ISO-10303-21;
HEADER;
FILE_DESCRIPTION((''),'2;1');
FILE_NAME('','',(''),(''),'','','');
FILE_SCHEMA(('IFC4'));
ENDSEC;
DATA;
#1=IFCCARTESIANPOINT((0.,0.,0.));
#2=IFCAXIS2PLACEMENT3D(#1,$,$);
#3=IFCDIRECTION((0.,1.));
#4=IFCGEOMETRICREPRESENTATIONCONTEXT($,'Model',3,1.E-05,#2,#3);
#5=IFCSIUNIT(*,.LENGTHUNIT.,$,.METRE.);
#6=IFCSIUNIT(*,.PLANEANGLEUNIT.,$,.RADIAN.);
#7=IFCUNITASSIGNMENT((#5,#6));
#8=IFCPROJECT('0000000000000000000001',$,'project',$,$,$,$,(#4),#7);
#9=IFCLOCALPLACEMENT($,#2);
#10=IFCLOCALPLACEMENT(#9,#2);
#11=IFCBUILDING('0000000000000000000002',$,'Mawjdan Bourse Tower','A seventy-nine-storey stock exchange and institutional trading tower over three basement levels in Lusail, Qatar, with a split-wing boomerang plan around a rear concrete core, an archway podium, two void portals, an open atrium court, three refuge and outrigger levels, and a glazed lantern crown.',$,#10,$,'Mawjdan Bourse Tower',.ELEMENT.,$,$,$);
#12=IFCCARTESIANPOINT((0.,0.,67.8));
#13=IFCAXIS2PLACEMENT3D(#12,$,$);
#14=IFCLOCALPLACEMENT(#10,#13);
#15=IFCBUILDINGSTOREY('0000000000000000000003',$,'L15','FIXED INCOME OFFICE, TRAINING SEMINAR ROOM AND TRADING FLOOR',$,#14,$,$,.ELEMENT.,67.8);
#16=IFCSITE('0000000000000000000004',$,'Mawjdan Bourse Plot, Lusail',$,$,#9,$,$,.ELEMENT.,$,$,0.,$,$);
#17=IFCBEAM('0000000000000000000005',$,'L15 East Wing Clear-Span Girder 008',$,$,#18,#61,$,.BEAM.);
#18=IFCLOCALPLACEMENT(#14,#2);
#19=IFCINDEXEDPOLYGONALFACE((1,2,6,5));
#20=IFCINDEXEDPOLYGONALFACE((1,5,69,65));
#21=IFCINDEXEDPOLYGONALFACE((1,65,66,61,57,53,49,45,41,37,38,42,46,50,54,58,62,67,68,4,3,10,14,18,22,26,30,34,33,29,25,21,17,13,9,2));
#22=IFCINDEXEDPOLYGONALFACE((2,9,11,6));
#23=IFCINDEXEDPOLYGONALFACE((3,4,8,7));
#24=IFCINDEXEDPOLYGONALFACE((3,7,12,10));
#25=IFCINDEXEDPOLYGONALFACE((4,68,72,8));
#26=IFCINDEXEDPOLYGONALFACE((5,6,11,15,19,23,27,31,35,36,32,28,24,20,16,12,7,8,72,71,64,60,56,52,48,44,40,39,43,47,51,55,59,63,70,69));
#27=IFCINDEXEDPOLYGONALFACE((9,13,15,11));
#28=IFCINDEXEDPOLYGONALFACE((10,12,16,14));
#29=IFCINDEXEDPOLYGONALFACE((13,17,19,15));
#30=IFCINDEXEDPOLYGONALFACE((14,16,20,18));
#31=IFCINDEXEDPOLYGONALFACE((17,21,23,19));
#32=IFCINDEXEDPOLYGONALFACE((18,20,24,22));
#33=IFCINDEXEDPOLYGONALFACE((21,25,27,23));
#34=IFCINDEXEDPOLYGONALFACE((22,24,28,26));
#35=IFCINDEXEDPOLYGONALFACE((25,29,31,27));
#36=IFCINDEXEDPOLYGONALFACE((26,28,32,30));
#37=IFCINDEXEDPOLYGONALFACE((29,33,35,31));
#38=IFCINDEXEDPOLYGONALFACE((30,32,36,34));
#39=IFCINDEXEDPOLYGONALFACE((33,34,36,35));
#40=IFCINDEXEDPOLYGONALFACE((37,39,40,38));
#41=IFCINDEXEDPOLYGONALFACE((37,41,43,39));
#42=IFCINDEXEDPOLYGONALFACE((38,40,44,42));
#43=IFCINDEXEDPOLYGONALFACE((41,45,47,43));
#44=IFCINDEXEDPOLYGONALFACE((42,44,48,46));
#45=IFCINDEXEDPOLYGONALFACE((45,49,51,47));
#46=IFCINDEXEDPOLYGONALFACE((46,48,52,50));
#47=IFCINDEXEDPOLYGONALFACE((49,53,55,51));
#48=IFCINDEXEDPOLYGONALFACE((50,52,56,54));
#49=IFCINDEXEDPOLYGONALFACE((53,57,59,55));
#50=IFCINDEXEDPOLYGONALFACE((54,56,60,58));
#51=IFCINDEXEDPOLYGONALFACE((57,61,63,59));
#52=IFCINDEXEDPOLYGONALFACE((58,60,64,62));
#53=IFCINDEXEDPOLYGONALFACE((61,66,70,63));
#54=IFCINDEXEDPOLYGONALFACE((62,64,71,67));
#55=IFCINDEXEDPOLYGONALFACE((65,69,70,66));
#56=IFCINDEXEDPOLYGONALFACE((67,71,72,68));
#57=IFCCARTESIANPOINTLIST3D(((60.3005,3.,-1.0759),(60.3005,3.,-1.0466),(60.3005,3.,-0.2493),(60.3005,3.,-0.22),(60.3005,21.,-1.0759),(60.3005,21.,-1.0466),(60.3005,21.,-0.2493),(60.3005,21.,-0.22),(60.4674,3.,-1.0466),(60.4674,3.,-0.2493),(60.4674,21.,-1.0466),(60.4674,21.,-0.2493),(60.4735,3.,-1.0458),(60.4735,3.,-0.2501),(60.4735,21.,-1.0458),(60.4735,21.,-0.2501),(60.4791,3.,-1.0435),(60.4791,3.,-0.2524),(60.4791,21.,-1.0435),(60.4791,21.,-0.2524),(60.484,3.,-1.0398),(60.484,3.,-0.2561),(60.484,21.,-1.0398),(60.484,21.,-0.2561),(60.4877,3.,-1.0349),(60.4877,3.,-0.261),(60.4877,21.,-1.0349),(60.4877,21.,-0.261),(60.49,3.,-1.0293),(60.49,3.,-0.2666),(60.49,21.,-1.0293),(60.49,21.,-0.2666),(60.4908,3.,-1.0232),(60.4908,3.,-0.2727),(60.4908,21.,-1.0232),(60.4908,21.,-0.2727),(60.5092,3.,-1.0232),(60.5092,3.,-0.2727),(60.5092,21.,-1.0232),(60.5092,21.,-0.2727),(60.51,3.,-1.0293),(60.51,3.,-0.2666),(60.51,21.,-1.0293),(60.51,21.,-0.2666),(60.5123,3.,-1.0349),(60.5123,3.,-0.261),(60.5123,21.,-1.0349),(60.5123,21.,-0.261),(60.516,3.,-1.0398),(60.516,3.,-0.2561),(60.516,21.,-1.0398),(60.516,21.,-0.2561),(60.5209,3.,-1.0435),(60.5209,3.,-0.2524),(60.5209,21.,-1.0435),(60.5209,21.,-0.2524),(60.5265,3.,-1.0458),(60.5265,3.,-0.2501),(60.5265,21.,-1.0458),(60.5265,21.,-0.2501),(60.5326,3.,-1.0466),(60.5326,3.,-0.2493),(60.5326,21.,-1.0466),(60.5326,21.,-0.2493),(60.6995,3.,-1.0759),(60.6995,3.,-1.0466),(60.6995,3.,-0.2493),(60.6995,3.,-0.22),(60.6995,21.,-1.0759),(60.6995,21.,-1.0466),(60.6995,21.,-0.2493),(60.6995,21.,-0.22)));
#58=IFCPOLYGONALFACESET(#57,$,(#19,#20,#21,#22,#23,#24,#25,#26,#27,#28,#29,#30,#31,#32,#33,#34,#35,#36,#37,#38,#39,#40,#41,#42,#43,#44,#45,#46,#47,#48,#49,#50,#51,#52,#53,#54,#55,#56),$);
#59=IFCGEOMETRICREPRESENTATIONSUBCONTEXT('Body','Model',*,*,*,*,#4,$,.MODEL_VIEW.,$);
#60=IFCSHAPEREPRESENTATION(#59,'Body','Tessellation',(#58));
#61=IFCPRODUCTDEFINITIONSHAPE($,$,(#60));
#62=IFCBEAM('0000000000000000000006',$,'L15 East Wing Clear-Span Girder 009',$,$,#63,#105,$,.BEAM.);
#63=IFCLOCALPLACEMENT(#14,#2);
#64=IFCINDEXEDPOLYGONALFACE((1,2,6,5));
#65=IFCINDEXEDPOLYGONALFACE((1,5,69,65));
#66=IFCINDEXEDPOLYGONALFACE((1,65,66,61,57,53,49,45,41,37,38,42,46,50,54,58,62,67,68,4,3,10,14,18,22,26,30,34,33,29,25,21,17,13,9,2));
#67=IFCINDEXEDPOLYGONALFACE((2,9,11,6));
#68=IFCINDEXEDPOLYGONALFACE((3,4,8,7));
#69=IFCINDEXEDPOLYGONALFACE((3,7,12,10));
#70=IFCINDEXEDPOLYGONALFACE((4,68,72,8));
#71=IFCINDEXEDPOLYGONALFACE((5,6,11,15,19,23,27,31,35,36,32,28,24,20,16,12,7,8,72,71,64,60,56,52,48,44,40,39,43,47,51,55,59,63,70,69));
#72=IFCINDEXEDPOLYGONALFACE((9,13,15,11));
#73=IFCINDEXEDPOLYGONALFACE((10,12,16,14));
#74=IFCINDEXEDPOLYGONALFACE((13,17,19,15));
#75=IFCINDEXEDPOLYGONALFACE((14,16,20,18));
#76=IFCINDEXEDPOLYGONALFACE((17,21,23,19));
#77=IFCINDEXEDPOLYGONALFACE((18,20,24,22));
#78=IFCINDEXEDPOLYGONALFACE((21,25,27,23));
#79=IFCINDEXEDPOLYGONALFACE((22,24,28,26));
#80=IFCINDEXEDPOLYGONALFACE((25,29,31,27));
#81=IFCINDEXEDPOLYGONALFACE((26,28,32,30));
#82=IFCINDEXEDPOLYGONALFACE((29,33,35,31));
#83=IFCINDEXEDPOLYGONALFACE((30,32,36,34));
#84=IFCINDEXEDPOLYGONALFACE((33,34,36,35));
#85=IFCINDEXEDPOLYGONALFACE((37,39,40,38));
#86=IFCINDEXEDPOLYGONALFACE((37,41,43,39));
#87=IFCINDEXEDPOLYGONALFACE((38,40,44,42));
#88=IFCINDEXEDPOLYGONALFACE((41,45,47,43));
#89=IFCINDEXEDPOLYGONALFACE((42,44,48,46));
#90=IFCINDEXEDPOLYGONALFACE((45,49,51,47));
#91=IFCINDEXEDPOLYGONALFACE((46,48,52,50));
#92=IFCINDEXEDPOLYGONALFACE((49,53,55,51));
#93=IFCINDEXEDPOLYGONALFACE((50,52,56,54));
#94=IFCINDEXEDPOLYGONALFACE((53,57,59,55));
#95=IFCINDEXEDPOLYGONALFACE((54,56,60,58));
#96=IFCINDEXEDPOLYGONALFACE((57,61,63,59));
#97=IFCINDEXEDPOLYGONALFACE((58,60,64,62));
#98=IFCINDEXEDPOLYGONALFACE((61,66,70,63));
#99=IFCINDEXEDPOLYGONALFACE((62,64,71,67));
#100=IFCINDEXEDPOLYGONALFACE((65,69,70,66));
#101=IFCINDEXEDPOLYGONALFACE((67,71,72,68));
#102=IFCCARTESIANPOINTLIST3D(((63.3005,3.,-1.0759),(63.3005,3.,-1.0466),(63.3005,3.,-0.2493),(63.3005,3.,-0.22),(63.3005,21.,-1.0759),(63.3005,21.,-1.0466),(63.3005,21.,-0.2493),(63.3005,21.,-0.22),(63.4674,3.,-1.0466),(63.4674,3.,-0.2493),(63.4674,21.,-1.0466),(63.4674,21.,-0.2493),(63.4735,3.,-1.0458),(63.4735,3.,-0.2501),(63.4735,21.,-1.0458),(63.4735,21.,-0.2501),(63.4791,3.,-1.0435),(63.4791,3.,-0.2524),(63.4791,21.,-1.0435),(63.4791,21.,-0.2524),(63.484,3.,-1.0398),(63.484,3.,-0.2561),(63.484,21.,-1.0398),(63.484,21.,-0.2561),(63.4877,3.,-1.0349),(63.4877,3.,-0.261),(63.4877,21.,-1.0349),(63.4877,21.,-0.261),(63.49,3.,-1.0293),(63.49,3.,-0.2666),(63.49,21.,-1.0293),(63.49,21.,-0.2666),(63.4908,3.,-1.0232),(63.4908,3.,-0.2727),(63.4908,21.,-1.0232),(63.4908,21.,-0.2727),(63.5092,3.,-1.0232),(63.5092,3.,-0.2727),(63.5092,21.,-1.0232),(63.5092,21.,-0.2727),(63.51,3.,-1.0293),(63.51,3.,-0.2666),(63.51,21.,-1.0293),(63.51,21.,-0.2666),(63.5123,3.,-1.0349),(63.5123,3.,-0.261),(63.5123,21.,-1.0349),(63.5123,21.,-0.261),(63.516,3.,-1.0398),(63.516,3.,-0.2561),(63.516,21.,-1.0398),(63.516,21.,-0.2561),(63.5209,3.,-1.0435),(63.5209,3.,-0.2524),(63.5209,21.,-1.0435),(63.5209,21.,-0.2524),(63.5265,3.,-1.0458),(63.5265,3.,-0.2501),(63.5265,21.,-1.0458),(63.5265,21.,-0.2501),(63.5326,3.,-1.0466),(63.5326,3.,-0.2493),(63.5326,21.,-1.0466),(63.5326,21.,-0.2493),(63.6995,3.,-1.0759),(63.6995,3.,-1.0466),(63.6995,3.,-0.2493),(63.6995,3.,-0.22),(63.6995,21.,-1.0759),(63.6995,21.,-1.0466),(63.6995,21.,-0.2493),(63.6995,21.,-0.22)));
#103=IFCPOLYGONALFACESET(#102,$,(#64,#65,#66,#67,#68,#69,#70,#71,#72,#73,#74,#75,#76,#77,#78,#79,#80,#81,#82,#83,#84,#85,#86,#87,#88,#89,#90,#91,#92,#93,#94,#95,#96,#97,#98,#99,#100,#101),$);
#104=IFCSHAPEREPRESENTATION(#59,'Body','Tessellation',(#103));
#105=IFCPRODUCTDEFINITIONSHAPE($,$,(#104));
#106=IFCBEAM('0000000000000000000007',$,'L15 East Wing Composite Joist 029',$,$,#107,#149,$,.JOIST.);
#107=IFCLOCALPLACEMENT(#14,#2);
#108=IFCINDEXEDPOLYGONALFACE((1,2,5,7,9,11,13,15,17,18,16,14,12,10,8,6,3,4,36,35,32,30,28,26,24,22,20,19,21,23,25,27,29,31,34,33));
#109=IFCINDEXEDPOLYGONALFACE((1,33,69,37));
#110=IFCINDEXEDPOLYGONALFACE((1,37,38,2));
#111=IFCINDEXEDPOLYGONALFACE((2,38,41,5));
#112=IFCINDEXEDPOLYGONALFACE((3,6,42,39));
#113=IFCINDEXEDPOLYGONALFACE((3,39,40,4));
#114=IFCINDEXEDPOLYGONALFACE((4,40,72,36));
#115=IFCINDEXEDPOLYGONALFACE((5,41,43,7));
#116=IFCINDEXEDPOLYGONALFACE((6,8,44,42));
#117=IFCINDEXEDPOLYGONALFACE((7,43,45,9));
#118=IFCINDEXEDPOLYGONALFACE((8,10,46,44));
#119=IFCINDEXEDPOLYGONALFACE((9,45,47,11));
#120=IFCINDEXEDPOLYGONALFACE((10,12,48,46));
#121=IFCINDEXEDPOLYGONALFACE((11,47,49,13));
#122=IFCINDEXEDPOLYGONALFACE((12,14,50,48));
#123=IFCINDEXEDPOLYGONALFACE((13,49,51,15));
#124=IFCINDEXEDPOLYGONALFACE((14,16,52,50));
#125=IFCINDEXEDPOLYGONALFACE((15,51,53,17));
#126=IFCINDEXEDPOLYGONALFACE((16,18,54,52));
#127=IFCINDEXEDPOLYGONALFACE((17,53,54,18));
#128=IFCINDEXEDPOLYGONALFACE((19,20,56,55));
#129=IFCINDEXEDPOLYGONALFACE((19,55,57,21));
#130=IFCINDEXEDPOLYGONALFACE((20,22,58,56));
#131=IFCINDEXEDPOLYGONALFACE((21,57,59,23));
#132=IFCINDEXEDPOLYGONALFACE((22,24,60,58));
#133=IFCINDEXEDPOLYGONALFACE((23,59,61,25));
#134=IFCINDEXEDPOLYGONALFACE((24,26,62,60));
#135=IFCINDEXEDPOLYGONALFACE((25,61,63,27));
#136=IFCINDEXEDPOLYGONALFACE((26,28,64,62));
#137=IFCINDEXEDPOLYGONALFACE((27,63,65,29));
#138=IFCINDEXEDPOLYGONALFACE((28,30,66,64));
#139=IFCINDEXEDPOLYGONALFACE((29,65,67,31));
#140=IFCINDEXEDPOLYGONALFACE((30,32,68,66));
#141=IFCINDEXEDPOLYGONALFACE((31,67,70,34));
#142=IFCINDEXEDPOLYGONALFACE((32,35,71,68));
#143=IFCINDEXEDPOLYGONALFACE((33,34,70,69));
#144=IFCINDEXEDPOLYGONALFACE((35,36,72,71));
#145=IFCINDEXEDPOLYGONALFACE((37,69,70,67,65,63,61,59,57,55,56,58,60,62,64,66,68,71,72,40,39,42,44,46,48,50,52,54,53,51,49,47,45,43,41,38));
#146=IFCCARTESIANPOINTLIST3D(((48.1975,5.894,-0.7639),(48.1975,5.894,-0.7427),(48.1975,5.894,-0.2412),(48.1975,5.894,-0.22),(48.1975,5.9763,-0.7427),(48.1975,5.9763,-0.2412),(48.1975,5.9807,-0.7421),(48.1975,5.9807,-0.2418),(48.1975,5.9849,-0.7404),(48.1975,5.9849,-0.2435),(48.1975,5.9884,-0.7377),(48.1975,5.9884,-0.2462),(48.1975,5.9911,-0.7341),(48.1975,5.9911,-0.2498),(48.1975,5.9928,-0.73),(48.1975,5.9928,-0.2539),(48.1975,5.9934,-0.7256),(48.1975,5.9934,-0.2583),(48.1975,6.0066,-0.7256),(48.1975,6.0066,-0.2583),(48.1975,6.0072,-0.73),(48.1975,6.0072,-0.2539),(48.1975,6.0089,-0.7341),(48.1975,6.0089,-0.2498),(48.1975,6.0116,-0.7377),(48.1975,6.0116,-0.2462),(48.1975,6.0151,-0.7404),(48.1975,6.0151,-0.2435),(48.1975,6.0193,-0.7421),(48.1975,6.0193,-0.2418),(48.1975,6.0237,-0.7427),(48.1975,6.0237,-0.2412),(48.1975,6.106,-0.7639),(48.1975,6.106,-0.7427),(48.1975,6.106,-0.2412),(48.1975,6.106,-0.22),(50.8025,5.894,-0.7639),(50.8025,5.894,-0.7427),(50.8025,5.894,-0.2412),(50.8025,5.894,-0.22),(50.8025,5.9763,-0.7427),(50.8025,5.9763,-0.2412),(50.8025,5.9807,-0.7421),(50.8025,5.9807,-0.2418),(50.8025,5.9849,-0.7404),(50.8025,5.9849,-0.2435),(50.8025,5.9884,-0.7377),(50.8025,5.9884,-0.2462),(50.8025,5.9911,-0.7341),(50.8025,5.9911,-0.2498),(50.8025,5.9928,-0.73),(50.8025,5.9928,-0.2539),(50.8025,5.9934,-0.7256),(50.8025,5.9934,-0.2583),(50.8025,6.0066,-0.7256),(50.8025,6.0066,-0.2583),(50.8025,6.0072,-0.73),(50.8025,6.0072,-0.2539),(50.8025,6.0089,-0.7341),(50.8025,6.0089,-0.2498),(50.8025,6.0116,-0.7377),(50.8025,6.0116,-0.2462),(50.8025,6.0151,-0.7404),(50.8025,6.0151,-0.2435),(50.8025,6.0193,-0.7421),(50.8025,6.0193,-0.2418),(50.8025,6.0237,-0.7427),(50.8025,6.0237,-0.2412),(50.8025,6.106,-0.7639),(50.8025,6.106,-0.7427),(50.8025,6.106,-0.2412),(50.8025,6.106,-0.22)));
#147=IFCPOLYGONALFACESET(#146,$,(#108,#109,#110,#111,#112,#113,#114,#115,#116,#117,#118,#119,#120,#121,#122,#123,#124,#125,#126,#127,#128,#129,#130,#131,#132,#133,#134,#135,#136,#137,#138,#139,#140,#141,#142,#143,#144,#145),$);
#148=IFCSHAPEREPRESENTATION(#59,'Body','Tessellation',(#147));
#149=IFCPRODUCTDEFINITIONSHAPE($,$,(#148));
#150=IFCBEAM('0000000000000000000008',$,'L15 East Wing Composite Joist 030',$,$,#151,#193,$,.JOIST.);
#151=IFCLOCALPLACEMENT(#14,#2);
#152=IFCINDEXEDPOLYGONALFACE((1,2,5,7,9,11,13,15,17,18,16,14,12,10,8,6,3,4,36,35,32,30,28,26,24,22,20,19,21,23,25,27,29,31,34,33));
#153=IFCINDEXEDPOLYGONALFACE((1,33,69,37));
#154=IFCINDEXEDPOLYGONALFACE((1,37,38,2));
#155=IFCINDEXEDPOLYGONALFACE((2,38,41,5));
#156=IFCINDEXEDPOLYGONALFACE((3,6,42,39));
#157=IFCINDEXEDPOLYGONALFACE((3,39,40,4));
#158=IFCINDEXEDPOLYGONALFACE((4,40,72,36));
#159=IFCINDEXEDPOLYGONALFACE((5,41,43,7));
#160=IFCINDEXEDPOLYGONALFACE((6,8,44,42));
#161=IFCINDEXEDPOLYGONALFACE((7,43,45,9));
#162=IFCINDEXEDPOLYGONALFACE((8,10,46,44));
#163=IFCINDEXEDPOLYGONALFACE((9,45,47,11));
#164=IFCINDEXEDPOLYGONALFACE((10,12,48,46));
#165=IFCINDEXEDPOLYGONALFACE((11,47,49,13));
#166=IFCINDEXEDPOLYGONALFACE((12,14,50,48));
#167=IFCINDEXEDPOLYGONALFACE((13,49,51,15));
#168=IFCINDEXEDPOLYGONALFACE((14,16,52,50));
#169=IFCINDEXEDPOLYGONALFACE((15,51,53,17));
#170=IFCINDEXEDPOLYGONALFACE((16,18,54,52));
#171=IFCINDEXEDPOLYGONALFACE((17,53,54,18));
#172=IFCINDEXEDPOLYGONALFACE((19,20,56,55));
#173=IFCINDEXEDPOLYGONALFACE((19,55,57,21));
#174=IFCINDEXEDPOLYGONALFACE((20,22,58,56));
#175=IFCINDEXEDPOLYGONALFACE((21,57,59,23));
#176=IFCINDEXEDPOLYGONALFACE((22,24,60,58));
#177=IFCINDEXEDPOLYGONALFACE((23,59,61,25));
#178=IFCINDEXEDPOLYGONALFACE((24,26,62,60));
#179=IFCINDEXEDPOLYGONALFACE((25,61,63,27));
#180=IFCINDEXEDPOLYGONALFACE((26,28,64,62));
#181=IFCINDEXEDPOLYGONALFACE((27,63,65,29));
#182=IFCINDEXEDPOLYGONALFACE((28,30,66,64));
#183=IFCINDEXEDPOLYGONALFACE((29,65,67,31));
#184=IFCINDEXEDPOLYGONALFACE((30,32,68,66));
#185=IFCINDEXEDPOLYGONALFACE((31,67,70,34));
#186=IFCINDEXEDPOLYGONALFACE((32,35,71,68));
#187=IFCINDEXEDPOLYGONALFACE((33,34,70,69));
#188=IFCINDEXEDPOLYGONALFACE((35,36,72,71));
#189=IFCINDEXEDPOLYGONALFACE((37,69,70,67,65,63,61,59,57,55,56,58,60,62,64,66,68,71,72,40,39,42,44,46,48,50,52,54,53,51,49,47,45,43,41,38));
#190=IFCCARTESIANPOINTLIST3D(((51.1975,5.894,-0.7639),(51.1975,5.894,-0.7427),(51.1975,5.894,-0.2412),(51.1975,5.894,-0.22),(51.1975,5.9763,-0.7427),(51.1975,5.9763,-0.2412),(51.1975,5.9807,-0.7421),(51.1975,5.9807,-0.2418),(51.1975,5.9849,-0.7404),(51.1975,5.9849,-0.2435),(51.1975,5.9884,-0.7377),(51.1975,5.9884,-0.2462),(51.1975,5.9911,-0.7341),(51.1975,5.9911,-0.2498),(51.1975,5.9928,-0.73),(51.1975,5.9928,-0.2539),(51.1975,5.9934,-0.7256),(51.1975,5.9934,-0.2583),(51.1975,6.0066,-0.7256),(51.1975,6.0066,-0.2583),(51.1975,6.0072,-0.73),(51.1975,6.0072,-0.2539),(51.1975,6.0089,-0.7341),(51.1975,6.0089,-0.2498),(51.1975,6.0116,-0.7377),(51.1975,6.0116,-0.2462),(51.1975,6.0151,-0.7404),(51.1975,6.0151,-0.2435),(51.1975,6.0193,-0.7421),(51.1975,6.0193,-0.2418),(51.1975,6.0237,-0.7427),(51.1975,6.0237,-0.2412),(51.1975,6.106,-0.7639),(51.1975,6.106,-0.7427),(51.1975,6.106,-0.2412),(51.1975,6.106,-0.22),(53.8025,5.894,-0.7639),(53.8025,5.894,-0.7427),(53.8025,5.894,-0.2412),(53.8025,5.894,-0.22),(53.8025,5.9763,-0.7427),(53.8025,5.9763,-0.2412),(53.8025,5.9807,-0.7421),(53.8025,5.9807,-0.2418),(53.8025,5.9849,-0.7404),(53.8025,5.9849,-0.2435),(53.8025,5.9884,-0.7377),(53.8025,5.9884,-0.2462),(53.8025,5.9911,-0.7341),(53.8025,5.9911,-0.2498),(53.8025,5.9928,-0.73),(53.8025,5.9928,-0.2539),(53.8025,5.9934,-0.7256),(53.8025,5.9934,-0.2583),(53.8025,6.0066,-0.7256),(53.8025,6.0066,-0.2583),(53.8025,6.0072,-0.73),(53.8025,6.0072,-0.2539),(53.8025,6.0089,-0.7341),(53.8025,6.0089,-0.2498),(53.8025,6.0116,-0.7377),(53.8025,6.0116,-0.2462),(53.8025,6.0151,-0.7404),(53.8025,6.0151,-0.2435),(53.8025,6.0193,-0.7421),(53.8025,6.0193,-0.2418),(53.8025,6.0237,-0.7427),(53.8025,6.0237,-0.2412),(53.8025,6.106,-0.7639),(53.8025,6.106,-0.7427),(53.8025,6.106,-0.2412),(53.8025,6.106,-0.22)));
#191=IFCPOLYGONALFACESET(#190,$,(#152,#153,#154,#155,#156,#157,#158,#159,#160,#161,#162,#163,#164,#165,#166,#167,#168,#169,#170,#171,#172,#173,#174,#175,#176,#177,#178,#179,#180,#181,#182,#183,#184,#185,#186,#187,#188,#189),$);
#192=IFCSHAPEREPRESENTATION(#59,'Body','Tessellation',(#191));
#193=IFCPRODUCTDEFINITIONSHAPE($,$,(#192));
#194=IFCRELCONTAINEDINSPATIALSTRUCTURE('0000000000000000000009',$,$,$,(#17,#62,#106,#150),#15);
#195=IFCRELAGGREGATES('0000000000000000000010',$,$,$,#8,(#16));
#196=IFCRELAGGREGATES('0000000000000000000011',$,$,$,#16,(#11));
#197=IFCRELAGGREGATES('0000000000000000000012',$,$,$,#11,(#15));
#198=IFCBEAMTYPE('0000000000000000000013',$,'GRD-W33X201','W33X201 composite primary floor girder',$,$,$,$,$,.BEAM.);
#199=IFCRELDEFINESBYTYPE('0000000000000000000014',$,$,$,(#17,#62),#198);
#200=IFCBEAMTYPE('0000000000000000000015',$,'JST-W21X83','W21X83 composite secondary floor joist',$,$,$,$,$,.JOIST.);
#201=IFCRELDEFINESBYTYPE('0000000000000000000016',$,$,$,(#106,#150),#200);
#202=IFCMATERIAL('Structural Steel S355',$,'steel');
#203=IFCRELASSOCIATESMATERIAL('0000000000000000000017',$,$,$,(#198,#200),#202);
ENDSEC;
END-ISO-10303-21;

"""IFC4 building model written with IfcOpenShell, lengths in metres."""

from ifc_helpers import new_model, si_unit, direction, frame, origin, origin_2d, place, context, subcontext, project, spatial, i_section, extrude, material, material_profile, profile_set, type_object, element, save


model = new_model("IFC4")

# Units and contexts
model_context = context("Model", 3, precision=1e-05, world=origin(), true_north=direction((0.0, 1.0)))
body_context = subcontext(model_context, "Body", "Model", "MODEL_VIEW")
ifc_project = project(units=[si_unit("LENGTHUNIT", "METRE"), si_unit("PLANEANGLEUNIT", "RADIAN")], contexts=[model_context])

# Site, building, storey
site_placement = place(None, origin())
site = spatial("IfcSite", under=ifc_project, at=site_placement, Name="Mawjdan Bourse Plot, Lusail", CompositionType="ELEMENT", RefElevation=0.0)
building_placement = place(site_placement, origin())
building = spatial("IfcBuilding", under=site, at=building_placement, Name="Mawjdan Bourse Tower", Description="A seventy-nine-storey stock exchange and institutional trading tower over three basement levels in Lusail, Qatar, with a split-wing boomerang plan around a rear concrete core, an archway podium, two void portals, an open atrium court, three refuge and outrigger levels, and a glazed lantern crown.", LongName="Mawjdan Bourse Tower", CompositionType="ELEMENT")
storey_placement = place(building_placement, frame((0.0, 0.0, 67.8)))
storey = spatial("IfcBuildingStorey", under=building, at=storey_placement, Name="L15", Description="FIXED INCOME OFFICE, TRAINING SEMINAR ROOM AND TRADING FLOOR", CompositionType="ELEMENT", Elevation=67.8)

# Beams
ifc_material_1 = material(Name="Structural Steel S355", Category="steel")
ifc_material_profile_1 = material_profile(ifc_material_1, i_section(OverallWidth=0.3989, OverallDepth=0.856, WebThickness=0.0183, FlangeThickness=0.0293, FilletRadius=0.0234, at=origin_2d()), Name="W33X201")
ifc_profile_set_1 = profile_set([ifc_material_profile_1], Name="Structural Steel S355")
beam_type_1 = type_object("IfcBeamType", Name="GRD-W33X201", Description="W33X201 composite primary floor girder", PredefinedType="BEAM", material=ifc_profile_set_1)
for number, where, z_axis, x_axis, name in (
    (1, (60.5, 3.0, -0.6479), (0.0, 1.0, 0.0), (-1.0, 0.0, 0.0), "L15 East Wing Clear-Span Girder 008"),
    (2, (63.5, 3.0, -0.6479), (0.0, 1.0, 0.0), (-1.0, 0.0, 0.0), "L15 East Wing Clear-Span Girder 009"),
):
    element("IfcBeam", number, at=place(storey_placement, frame(where, z_axis=z_axis, x_axis=x_axis)), inside=storey, type_object=beam_type_1, Name=name, PredefinedType="BEAM", context=body_context, shape_type="SweptSolid", body=[
        extrude(i_section(OverallWidth=0.3989, OverallDepth=0.856, WebThickness=0.0183, FlangeThickness=0.0293, FilletRadius=0.0234, at=origin_2d()), origin(), (0.0, 0.0, 1.0), 18.0),
    ])
ifc_material_profile_2 = material_profile(ifc_material_1, i_section(OverallWidth=0.2119, OverallDepth=0.5439, WebThickness=0.0132, FlangeThickness=0.0212, FilletRadius=0.0171, at=origin_2d()), Name="W21X83")
ifc_profile_set_2 = profile_set([ifc_material_profile_2], Name="Structural Steel S355")
beam_type_2 = type_object("IfcBeamType", Name="JST-W21X83", Description="W21X83 composite secondary floor joist", PredefinedType="JOIST", material=ifc_profile_set_2)
for number, where, z_axis, x_axis, name in (
    (3, (48.1975, 6.0, -0.4919), (1.0, 0.0, 0.0), (0.0, 1.0, 0.0), "L15 East Wing Composite Joist 029"),
    (4, (51.1975, 6.0, -0.4919), (1.0, 0.0, 0.0), (0.0, 1.0, 0.0), "L15 East Wing Composite Joist 030"),
):
    element("IfcBeam", number, at=place(storey_placement, frame(where, z_axis=z_axis, x_axis=x_axis)), inside=storey, type_object=beam_type_2, Name=name, PredefinedType="JOIST", context=body_context, shape_type="SweptSolid", body=[
        extrude(i_section(OverallWidth=0.2119, OverallDepth=0.5439, WebThickness=0.0132, FlangeThickness=0.0212, FilletRadius=0.0171, at=origin_2d()), origin(), (0.0, 0.0, 1.0), 2.605),
    ])

save(model, "model.ifc")
